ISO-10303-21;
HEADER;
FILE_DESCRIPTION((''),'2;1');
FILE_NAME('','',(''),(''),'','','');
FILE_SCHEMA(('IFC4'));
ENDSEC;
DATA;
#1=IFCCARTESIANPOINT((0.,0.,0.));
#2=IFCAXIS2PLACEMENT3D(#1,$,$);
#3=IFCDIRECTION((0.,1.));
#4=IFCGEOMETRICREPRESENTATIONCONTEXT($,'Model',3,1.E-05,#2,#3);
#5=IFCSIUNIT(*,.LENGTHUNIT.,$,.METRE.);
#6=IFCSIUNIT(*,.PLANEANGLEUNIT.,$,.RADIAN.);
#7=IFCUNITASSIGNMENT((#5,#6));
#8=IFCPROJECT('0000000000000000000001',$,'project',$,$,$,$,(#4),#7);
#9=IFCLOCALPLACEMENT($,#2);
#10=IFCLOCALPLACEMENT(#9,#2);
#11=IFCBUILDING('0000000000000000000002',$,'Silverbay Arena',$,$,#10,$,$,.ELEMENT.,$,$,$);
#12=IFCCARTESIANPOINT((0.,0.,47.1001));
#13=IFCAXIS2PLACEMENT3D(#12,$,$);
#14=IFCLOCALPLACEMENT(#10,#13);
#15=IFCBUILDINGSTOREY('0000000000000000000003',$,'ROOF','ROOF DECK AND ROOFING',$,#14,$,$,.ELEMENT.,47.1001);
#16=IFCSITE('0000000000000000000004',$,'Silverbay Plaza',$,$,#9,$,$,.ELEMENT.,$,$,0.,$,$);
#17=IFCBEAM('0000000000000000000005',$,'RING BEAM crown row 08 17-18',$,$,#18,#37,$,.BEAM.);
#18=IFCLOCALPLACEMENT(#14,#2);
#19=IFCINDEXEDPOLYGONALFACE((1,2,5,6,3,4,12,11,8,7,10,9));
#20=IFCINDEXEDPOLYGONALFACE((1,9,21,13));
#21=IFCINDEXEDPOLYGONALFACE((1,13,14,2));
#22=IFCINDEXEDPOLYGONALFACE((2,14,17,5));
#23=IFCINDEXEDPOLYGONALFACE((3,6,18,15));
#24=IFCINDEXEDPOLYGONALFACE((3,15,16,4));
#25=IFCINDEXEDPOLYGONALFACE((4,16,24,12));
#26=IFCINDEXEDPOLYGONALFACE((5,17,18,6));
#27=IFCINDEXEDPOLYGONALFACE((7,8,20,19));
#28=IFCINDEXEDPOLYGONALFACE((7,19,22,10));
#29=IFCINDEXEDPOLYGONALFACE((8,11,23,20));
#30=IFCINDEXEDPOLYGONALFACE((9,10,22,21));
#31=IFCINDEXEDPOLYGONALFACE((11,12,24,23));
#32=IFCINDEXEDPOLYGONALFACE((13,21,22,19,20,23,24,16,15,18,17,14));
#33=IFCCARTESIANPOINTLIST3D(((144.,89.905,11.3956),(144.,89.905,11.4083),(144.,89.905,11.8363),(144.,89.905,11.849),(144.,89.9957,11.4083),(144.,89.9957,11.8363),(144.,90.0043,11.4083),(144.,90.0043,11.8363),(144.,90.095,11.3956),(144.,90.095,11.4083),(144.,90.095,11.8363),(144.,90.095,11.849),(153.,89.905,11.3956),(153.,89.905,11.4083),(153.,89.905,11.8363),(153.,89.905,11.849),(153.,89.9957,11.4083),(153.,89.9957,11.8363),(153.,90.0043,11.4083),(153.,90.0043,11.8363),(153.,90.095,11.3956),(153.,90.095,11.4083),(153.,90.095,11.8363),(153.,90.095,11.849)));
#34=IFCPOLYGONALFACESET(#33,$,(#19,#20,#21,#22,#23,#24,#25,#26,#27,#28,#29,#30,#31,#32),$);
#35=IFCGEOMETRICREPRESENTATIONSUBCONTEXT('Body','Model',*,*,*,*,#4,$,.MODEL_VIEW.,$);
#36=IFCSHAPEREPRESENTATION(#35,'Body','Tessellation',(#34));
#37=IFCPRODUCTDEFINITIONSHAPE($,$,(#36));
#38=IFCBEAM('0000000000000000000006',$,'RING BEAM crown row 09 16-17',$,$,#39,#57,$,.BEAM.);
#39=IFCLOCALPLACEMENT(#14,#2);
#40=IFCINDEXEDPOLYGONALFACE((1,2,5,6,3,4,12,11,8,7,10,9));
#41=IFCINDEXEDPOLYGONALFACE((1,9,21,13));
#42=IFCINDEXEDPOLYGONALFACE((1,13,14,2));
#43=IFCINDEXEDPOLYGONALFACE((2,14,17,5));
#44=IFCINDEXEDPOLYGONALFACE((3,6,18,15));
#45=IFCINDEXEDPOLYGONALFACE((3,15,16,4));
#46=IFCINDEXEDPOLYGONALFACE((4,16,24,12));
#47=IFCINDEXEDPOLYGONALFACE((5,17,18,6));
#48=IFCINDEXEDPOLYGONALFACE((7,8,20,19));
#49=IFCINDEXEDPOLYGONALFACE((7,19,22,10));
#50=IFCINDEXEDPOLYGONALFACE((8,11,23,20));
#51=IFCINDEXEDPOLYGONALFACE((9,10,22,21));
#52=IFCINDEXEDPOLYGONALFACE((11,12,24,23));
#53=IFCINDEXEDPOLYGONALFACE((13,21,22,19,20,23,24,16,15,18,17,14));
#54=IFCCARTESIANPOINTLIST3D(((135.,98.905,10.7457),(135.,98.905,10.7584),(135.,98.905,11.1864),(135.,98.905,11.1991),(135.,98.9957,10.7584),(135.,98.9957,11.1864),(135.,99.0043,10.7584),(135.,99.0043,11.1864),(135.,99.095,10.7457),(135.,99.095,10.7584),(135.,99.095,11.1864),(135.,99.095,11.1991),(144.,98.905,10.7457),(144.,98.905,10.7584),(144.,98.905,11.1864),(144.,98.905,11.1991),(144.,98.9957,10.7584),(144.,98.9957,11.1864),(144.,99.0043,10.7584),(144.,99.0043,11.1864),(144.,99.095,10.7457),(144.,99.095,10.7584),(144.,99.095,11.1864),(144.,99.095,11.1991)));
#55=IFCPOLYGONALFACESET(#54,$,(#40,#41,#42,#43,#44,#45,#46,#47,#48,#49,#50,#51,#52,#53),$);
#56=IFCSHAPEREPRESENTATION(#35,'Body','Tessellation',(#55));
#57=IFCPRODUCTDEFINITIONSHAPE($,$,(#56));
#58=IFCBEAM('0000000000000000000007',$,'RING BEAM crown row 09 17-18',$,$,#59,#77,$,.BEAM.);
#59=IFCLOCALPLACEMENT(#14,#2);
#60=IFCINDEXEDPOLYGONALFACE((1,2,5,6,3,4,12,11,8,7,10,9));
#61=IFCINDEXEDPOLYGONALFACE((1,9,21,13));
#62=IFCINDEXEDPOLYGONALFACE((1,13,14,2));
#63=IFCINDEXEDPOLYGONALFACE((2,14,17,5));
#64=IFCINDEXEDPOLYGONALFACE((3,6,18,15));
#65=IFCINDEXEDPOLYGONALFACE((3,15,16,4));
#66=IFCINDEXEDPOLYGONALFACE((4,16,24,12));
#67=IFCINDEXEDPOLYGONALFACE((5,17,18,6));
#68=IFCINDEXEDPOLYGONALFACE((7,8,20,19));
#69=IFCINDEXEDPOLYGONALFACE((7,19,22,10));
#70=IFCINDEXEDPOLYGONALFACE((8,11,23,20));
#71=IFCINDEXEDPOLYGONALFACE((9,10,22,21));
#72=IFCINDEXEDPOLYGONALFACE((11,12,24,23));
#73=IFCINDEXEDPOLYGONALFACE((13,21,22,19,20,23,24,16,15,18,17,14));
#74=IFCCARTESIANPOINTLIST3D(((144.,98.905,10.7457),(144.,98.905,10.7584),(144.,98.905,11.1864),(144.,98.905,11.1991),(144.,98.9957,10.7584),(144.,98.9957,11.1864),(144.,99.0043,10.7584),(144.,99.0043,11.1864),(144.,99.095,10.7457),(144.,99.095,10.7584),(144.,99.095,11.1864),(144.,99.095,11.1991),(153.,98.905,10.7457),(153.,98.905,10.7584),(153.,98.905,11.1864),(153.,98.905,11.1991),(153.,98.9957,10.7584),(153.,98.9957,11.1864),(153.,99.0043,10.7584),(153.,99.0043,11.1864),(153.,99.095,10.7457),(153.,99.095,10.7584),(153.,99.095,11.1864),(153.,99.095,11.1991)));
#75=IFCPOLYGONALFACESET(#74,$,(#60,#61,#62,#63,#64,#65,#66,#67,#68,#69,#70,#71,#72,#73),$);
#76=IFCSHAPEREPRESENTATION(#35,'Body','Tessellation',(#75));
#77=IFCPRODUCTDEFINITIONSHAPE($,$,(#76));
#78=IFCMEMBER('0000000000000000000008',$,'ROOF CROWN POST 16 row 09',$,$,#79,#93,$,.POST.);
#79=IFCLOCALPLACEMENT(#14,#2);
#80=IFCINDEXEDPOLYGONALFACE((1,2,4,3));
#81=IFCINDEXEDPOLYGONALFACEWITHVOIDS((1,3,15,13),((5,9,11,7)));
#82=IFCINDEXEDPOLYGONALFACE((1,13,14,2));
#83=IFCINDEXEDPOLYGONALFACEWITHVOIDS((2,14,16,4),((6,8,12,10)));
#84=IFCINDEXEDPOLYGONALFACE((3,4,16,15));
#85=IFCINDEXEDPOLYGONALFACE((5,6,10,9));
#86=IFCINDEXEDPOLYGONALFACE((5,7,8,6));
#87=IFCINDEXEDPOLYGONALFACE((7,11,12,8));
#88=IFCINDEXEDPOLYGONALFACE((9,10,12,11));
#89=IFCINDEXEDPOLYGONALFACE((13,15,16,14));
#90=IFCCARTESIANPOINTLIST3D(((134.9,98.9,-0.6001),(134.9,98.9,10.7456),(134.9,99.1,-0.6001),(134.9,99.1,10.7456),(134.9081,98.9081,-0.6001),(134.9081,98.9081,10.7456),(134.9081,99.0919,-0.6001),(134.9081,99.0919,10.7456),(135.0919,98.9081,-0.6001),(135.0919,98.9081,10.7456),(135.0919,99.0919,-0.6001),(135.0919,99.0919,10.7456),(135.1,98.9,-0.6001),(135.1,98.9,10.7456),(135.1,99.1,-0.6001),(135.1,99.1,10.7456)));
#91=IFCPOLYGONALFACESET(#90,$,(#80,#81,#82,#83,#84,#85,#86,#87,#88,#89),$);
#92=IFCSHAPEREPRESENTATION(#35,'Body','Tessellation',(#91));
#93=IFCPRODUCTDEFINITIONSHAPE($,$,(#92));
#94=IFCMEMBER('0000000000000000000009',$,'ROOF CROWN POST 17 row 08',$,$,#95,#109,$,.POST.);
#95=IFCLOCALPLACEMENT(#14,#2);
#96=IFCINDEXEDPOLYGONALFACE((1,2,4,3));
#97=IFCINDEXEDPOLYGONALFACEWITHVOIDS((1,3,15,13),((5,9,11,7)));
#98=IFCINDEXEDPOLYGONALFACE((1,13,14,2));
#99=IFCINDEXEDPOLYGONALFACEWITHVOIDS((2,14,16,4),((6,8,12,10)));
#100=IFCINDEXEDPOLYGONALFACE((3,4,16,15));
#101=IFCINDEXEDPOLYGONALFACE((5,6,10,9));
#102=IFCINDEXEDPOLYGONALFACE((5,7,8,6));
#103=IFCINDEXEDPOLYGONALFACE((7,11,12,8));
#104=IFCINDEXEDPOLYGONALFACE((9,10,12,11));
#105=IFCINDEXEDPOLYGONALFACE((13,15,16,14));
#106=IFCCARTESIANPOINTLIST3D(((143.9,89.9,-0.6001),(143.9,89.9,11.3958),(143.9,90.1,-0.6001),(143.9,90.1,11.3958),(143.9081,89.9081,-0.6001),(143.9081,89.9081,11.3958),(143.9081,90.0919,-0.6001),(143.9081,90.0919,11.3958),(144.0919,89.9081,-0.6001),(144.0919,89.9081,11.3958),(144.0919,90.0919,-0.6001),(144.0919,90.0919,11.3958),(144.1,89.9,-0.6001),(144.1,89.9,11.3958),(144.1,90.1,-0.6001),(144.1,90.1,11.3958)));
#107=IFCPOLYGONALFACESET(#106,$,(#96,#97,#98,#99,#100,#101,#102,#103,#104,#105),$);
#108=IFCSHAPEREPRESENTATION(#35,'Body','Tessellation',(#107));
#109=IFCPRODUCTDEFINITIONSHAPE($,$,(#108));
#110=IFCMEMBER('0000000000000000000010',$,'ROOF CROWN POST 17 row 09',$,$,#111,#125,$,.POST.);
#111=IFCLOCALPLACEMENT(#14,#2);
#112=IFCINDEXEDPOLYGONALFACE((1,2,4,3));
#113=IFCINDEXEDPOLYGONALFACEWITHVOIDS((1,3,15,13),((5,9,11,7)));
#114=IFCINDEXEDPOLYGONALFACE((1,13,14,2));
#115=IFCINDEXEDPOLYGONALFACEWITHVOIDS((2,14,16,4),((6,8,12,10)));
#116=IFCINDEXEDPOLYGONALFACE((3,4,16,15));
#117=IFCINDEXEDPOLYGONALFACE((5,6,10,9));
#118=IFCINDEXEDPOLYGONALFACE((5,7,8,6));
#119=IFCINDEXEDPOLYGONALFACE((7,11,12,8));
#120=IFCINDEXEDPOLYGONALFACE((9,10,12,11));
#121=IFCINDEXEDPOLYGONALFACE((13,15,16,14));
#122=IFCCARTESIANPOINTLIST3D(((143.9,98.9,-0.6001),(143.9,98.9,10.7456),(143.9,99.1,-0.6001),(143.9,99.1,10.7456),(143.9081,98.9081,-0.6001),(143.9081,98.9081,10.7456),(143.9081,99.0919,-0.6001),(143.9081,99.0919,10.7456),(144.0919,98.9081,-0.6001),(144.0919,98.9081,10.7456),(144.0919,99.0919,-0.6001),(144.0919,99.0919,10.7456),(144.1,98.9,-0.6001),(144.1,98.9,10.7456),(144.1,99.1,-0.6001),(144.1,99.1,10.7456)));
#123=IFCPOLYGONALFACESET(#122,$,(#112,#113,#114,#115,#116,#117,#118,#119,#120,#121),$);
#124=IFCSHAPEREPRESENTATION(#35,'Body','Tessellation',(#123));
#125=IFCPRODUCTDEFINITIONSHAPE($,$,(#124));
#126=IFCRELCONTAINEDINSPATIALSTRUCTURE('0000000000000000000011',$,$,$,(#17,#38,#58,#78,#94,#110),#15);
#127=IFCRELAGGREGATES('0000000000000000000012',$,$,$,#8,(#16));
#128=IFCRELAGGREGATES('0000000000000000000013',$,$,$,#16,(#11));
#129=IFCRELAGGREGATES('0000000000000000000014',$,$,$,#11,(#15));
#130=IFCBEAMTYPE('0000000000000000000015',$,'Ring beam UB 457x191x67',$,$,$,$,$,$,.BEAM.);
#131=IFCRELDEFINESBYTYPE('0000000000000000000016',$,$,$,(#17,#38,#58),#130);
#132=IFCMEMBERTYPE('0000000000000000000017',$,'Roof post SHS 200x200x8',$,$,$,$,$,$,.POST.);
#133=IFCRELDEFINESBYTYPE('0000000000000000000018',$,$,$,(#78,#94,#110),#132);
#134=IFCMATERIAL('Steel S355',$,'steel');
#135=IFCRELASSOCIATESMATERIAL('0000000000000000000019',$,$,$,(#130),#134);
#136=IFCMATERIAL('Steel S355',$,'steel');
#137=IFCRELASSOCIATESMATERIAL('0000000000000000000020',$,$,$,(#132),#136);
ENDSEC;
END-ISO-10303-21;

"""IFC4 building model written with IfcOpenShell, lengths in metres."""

from ifc_helpers import new_model, si_unit, direction, frame, origin, origin_2d, place, context, subcontext, project, spatial, hollow_rectangle, i_section, extrude, material, material_profile, profile_set, type_object, element, save


model = new_model("IFC4")

# Units and contexts
model_context = context("Model", 3, precision=1e-05, world=origin(), true_north=direction((0.0, 1.0)))
body_context = subcontext(model_context, "Body", "Model", "MODEL_VIEW")
ifc_project = project(units=[si_unit("LENGTHUNIT", "METRE"), si_unit("PLANEANGLEUNIT", "RADIAN")], contexts=[model_context])

# Site, building, storey
site_placement = place(None, origin())
site = spatial("IfcSite", under=ifc_project, at=site_placement, Name="Silverbay Plaza", CompositionType="ELEMENT", RefElevation=0.0)
building_placement = place(site_placement, origin())
building = spatial("IfcBuilding", under=site, at=building_placement, Name="Silverbay Arena", CompositionType="ELEMENT")
storey_placement = place(building_placement, frame((0.0, 0.0, 47.1001)))
storey = spatial("IfcBuildingStorey", under=building, at=storey_placement, Name="ROOF", Description="ROOF DECK AND ROOFING", CompositionType="ELEMENT", Elevation=47.1001)

# Beams
ifc_material_1 = material(Name="Steel S355", Category="steel")
ifc_material_profile_1 = material_profile(ifc_material_1, i_section(OverallWidth=0.1899, OverallDepth=0.4534, WebThickness=0.0085, FlangeThickness=0.0127, at=origin_2d()), Name="UB 457x191x67")
ifc_profile_set_1 = profile_set([ifc_material_profile_1], Name="Steel S355")
beam_type = type_object("IfcBeamType", Name="Ring beam UB 457x191x67", PredefinedType="BEAM", material=ifc_profile_set_1)
for number, where, z_axis, x_axis, name in (
    (1, (144.0, 90.0, 11.6223), (1.0, 0.0, 0.0), (0.0, 1.0, 0.0), "RING BEAM crown row 08 17-18"),
    (2, (135.0, 99.0, 10.9724), (1.0, 0.0, 0.0), (0.0, 1.0, 0.0), "RING BEAM crown row 09 16-17"),
    (3, (144.0, 99.0, 10.9724), (1.0, 0.0, 0.0), (0.0, 1.0, 0.0), "RING BEAM crown row 09 17-18"),
):
    element("IfcBeam", number, at=place(storey_placement, frame(where, z_axis=z_axis, x_axis=x_axis)), inside=storey, type_object=beam_type, Name=name, PredefinedType="BEAM", context=body_context, shape_type="SweptSolid", body=[
        extrude(i_section(OverallWidth=0.1899, OverallDepth=0.4534, WebThickness=0.0085, FlangeThickness=0.0127, at=origin_2d()), origin(), (0.0, 0.0, 1.0), 9.0),
    ])

# Members
ifc_material_2 = material(Name="Steel S355", Category="steel")
ifc_material_profile_2 = material_profile(ifc_material_2, hollow_rectangle(XDim=0.2, YDim=0.2, WallThickness=0.0081, at=origin_2d()), Name="SHS 200x200x8")
ifc_profile_set_2 = profile_set([ifc_material_profile_2], Name="Steel S355")
member_type_1 = type_object("IfcMemberType", Name="Roof post SHS 200x200x8", PredefinedType="POST", material=ifc_profile_set_2)
member_1_placement = place(storey_placement, frame((135.0, 99.0, -0.6001), z_axis=(0.0, 0.0, 1.0), x_axis=(1.0, 0.0, 0.0)))
element("IfcMember", 4, at=member_1_placement, inside=storey, type_object=member_type_1, Name="ROOF CROWN POST 16 row 09", PredefinedType="POST", context=body_context, shape_type="SweptSolid", body=[
    extrude(hollow_rectangle(XDim=0.2, YDim=0.2, WallThickness=0.0081, at=origin_2d()), origin(), (0.0, 0.0, 1.0), 11.3457),
])
member_2_placement = place(storey_placement, frame((144.0, 90.0, -0.6001), z_axis=(0.0, 0.0, 1.0), x_axis=(1.0, 0.0, 0.0)))
element("IfcMember", 5, at=member_2_placement, inside=storey, type_object=member_type_1, Name="ROOF CROWN POST 17 row 08", PredefinedType="POST", context=body_context, shape_type="SweptSolid", body=[
    extrude(hollow_rectangle(XDim=0.2, YDim=0.2, WallThickness=0.0081, at=origin_2d()), origin(), (0.0, 0.0, 1.0), 11.9958),
])
member_3_placement = place(storey_placement, frame((144.0, 99.0, -0.6001), z_axis=(0.0, 0.0, 1.0), x_axis=(1.0, 0.0, 0.0)))
element("IfcMember", 6, at=member_3_placement, inside=storey, type_object=member_type_1, Name="ROOF CROWN POST 17 row 09", PredefinedType="POST", context=body_context, shape_type="SweptSolid", body=[
    extrude(hollow_rectangle(XDim=0.2, YDim=0.2, WallThickness=0.0081, at=origin_2d()), origin(), (0.0, 0.0, 1.0), 11.3457),
])

save(model, "model.ifc")
